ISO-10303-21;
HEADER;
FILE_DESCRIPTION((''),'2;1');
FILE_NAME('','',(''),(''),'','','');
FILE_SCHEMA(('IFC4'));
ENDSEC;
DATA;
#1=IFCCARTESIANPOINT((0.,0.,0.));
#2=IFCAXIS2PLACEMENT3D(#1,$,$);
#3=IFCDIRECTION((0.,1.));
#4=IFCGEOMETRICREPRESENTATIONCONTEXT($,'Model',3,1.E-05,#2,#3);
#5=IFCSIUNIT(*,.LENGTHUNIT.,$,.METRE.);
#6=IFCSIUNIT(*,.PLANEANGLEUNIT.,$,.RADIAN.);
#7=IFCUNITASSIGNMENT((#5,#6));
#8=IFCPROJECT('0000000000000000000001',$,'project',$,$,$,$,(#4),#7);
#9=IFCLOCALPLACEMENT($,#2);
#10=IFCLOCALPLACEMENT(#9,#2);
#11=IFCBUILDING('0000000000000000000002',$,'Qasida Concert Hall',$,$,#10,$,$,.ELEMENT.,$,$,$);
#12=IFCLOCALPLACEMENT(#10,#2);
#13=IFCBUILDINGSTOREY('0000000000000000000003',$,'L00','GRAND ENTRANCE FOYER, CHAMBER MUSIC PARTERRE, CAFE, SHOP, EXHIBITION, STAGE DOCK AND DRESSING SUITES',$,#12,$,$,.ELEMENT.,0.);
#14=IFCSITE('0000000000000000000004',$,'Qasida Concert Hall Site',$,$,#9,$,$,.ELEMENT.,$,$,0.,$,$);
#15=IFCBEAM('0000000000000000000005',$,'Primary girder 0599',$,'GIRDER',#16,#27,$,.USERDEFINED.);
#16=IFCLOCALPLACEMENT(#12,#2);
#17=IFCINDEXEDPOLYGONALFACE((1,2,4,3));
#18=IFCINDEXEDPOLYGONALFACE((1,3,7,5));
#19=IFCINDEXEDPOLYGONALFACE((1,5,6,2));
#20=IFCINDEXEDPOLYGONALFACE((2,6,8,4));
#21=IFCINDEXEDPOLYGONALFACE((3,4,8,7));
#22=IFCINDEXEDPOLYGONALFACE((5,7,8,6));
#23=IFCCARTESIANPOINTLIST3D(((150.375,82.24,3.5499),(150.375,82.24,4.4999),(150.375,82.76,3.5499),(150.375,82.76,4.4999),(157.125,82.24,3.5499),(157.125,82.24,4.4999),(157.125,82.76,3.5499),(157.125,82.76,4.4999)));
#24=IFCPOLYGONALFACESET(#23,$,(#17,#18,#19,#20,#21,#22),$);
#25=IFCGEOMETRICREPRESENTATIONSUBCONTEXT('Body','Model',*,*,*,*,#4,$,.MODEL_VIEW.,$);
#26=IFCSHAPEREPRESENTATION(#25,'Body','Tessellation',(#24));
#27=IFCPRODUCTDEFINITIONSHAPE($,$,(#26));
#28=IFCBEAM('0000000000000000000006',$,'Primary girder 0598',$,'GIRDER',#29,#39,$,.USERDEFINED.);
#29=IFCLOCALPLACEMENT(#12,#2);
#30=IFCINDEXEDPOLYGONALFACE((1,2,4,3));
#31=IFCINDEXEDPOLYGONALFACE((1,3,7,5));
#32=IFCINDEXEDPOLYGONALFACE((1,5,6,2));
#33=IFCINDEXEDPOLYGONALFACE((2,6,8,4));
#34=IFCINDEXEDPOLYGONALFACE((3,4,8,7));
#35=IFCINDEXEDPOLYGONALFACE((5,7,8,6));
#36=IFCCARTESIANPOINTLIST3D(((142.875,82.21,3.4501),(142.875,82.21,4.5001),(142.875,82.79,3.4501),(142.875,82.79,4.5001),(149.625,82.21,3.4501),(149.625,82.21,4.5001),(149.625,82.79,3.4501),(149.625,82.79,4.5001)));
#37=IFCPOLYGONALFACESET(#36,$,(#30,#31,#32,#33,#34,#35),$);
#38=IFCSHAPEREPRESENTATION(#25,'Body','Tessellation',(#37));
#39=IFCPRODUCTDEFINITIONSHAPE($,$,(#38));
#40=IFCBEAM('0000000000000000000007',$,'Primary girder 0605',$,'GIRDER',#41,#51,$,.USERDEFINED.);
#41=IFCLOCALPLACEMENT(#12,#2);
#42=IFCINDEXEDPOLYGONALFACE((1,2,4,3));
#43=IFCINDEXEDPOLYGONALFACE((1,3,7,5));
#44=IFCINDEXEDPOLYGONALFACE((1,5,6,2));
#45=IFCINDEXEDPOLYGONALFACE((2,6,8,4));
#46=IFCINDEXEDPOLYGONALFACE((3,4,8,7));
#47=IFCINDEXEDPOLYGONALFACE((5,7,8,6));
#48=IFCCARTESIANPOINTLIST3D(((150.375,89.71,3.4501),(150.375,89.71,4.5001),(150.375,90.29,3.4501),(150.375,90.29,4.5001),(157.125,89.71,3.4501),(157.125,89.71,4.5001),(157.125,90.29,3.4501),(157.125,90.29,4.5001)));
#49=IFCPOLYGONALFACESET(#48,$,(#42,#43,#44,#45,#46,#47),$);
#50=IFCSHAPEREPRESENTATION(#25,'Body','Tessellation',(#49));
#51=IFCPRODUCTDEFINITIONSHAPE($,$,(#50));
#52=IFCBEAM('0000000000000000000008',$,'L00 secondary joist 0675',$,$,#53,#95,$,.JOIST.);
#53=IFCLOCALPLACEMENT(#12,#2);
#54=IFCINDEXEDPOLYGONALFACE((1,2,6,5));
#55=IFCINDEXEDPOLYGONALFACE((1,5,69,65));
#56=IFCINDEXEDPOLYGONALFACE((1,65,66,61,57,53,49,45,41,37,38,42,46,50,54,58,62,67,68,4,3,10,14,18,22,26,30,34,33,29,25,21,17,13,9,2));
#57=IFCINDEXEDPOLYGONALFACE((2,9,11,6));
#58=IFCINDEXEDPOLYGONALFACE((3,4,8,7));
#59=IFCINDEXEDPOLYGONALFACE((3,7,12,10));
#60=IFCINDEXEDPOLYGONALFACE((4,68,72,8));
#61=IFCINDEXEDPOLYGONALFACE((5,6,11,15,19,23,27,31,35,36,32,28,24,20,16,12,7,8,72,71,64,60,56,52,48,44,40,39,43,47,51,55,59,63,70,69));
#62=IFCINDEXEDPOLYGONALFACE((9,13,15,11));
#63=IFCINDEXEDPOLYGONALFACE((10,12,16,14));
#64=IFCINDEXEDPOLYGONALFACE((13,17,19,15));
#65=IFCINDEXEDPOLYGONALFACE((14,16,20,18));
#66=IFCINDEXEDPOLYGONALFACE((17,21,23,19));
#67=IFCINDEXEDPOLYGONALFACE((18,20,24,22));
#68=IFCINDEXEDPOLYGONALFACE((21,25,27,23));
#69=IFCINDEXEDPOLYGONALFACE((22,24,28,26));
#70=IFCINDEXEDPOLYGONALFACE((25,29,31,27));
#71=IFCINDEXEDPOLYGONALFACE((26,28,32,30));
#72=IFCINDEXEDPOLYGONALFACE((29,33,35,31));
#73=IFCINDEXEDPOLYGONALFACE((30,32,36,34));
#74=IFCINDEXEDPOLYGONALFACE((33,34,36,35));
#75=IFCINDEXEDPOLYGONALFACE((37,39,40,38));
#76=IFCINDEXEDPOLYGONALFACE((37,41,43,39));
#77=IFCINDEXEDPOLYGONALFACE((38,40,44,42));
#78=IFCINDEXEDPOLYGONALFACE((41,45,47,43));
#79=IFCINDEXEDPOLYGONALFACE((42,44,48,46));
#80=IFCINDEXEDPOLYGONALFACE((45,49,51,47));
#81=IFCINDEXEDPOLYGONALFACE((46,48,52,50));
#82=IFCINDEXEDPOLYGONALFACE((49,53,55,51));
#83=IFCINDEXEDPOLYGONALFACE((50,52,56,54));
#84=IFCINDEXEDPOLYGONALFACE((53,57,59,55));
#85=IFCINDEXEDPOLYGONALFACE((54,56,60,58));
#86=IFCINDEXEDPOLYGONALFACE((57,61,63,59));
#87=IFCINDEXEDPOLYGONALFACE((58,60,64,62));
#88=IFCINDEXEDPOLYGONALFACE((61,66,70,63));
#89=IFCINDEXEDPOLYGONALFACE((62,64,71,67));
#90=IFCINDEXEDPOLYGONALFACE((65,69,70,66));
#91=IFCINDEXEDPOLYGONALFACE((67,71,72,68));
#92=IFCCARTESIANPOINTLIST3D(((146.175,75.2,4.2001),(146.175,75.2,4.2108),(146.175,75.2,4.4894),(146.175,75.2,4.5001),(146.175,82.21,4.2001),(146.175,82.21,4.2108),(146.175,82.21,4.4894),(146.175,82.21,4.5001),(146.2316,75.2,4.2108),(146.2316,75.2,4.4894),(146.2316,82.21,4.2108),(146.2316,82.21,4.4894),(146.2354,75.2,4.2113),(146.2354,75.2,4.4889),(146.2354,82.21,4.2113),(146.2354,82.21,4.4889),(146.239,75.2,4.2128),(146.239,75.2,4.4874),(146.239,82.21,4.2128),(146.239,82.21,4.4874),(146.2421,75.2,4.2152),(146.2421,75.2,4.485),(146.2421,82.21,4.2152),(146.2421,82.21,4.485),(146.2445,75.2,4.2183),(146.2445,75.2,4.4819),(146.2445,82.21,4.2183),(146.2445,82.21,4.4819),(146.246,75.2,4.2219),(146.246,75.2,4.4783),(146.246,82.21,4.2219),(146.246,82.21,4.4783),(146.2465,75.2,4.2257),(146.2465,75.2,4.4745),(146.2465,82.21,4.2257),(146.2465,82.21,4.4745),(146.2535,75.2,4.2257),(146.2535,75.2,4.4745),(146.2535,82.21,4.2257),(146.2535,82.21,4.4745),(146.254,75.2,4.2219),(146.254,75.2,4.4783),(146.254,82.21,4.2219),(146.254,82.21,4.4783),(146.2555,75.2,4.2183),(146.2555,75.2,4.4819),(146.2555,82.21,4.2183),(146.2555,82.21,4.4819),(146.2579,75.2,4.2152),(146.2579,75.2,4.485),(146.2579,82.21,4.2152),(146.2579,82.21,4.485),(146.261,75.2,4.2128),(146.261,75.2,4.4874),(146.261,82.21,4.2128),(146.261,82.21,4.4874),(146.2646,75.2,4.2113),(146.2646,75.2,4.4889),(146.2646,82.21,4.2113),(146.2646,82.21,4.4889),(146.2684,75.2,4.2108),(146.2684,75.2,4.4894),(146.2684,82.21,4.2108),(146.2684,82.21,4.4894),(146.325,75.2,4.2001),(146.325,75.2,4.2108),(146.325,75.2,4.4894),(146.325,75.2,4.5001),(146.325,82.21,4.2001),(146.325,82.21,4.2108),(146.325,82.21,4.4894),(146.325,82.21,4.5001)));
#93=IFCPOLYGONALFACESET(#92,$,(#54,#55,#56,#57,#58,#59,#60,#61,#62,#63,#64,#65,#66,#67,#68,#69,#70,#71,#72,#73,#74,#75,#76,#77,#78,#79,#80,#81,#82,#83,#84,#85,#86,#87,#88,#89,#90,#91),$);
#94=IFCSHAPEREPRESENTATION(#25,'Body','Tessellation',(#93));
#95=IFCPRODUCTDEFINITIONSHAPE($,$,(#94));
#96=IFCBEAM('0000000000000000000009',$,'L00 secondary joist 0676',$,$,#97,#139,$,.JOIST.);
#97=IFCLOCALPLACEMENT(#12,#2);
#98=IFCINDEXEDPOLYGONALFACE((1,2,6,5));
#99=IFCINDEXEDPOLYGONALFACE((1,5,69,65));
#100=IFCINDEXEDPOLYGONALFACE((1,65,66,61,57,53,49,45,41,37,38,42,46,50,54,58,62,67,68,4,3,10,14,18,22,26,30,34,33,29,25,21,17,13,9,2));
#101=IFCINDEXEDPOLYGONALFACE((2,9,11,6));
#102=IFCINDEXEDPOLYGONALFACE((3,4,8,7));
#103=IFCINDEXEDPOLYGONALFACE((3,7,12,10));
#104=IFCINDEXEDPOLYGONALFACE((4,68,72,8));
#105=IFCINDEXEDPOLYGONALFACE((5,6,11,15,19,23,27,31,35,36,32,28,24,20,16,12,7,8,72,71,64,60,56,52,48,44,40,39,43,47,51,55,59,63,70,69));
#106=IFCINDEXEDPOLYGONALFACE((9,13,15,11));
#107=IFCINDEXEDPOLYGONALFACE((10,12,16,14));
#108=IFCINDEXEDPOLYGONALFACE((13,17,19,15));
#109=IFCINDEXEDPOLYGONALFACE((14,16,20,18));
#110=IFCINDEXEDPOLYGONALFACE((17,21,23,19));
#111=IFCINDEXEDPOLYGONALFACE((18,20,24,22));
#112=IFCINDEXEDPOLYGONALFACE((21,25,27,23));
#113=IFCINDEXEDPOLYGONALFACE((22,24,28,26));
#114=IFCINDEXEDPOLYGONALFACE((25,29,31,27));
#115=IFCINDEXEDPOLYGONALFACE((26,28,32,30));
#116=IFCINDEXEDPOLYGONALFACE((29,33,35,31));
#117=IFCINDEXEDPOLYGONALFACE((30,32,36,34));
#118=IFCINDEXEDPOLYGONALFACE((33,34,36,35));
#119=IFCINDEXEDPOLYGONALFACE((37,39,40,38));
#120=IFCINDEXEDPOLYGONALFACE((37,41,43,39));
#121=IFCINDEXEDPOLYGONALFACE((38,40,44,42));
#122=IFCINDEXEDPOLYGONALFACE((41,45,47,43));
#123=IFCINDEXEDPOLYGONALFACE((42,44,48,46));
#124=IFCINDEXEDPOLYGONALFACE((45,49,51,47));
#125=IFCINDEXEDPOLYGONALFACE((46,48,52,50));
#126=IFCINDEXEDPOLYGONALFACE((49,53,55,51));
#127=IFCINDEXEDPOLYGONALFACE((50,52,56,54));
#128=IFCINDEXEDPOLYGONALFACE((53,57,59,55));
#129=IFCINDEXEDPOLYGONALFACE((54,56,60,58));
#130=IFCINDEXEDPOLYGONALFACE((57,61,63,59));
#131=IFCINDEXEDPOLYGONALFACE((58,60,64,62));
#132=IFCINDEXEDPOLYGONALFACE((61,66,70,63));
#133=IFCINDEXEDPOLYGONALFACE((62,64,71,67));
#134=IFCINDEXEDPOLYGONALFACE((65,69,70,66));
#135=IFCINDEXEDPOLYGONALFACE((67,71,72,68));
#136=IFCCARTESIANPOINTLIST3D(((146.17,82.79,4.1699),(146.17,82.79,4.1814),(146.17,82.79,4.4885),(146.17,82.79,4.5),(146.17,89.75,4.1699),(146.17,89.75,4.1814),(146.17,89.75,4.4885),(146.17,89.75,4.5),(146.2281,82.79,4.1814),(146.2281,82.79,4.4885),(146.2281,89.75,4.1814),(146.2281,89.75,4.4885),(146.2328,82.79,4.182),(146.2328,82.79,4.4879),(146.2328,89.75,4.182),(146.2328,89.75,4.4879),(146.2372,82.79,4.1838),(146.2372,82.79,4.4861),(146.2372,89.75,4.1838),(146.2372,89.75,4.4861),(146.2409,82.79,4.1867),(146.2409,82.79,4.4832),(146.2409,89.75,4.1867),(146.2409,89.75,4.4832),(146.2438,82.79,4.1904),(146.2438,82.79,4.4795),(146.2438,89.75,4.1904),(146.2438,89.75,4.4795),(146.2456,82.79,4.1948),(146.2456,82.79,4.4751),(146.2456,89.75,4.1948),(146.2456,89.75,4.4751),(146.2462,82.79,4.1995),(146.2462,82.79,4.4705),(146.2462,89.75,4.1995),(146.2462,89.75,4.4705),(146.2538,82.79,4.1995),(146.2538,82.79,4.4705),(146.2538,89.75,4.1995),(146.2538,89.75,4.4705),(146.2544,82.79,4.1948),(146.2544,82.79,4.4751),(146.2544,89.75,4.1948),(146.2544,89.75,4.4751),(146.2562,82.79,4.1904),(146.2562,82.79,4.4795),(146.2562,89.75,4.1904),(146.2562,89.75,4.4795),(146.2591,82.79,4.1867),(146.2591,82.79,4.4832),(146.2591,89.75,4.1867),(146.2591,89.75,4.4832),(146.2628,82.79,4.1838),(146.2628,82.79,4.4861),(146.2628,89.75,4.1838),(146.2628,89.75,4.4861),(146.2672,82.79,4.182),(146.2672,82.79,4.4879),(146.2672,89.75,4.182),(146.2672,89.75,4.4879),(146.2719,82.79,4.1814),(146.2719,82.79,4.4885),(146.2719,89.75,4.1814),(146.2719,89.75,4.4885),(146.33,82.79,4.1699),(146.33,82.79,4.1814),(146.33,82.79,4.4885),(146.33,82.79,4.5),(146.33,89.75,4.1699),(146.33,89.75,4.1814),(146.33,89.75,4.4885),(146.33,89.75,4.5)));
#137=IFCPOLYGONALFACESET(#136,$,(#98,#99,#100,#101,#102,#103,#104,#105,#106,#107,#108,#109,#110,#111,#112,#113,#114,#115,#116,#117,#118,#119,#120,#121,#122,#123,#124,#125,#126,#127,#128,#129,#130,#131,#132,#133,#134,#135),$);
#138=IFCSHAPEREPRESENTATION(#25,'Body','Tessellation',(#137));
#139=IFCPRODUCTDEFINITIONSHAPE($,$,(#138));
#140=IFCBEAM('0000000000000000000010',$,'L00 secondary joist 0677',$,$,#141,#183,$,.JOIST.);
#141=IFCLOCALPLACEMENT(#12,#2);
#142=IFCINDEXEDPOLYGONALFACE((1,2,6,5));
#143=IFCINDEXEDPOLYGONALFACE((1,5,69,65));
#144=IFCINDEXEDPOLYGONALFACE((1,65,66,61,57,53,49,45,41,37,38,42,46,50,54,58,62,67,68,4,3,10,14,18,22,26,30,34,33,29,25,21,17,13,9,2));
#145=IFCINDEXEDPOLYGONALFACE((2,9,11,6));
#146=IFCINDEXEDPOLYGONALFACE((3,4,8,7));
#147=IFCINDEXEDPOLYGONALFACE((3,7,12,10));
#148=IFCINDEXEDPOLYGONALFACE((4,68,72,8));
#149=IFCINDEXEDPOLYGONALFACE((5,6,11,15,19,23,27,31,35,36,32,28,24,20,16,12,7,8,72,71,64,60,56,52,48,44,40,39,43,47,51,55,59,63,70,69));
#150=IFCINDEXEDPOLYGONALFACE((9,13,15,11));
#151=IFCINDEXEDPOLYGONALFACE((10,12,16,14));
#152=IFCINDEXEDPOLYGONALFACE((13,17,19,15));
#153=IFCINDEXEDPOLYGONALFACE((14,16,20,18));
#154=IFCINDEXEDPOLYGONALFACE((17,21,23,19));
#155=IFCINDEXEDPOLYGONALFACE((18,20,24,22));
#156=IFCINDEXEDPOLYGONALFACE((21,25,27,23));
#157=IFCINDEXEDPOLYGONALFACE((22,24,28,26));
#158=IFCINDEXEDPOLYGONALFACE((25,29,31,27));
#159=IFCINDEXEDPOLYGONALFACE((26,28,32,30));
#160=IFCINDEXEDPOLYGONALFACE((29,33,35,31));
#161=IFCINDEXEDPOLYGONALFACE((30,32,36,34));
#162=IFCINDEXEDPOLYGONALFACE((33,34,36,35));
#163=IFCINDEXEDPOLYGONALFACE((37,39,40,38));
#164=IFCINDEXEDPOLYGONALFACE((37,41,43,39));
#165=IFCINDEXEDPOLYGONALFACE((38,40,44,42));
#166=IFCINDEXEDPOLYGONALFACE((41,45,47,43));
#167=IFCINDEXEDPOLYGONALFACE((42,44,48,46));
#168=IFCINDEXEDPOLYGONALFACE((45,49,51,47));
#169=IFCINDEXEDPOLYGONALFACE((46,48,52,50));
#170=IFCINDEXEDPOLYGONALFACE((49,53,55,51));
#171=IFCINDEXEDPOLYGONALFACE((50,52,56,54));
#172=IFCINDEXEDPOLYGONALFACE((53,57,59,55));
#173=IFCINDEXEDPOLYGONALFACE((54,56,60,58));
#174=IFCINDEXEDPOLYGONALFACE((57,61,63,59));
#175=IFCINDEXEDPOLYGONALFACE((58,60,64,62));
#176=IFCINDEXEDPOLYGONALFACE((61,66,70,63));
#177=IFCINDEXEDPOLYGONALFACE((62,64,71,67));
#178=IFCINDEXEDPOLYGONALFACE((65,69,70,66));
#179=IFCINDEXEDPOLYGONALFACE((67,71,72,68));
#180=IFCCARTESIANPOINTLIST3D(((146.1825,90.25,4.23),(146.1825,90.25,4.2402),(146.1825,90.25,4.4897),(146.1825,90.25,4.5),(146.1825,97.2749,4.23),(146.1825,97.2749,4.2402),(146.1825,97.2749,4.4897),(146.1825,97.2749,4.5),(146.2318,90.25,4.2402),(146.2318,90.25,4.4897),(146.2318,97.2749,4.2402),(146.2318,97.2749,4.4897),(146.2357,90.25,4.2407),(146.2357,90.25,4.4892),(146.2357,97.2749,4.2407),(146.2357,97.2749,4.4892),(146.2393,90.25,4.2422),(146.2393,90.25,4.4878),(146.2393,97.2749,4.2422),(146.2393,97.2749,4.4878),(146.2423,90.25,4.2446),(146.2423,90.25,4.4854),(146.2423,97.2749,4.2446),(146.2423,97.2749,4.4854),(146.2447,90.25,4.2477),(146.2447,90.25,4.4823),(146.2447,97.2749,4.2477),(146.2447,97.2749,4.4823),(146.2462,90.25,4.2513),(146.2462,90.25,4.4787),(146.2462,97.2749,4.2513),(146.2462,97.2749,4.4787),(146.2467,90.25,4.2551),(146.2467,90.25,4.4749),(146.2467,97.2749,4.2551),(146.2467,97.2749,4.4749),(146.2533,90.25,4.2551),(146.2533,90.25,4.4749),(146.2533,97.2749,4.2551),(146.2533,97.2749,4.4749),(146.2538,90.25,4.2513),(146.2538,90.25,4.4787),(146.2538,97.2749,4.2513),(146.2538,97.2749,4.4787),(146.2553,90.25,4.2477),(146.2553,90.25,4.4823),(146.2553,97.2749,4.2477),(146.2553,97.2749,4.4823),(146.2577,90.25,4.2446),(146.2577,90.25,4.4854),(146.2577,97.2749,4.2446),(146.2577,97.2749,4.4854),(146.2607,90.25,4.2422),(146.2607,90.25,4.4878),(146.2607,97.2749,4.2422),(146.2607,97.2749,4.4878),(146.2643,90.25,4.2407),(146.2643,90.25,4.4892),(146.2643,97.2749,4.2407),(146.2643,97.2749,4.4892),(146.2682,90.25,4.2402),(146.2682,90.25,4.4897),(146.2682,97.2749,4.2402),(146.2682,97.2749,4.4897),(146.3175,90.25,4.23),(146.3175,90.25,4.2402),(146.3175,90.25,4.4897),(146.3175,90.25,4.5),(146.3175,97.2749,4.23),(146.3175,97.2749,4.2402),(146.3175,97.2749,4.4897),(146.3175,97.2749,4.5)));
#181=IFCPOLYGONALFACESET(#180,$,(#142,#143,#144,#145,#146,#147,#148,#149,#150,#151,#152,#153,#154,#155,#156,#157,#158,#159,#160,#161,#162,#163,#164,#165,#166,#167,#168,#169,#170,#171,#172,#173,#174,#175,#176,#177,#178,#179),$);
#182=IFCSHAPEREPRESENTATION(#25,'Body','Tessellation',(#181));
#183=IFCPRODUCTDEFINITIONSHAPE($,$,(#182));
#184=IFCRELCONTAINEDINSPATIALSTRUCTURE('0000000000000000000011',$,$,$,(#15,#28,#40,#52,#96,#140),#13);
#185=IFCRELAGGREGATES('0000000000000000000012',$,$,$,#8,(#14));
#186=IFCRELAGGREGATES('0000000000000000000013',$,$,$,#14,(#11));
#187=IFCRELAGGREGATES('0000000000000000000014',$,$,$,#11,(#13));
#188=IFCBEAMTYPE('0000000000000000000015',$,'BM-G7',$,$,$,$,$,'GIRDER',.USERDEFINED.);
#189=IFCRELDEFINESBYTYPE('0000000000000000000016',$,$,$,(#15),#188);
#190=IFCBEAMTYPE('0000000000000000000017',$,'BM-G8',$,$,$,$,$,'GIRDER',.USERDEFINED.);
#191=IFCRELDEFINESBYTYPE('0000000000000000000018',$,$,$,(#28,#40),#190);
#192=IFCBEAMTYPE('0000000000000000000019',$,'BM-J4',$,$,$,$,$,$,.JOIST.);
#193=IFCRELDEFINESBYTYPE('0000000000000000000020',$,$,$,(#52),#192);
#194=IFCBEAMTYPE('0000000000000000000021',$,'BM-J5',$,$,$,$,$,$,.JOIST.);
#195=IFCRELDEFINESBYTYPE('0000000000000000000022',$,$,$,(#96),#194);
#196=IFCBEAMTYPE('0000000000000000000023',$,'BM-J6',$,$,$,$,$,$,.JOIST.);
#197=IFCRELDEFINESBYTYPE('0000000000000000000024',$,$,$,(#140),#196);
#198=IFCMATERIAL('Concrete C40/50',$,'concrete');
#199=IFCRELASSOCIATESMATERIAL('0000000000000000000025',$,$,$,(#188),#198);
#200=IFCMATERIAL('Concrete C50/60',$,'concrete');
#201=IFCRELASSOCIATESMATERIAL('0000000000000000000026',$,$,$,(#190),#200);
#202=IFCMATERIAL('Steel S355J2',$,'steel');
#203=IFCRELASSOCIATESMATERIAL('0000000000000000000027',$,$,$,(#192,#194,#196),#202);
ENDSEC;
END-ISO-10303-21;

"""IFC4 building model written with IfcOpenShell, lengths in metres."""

from ifc_helpers import new_model, si_unit, direction, frame, origin, origin_2d, place, context, subcontext, project, spatial, rectangle, i_section, extrude, material, material_profile, profile_set, type_object, element, save


model = new_model("IFC4")

# Units and contexts
model_context = context("Model", 3, precision=1e-05, world=origin(), true_north=direction((0.0, 1.0)))
body_context = subcontext(model_context, "Body", "Model", "MODEL_VIEW")
ifc_project = project(units=[si_unit("LENGTHUNIT", "METRE"), si_unit("PLANEANGLEUNIT", "RADIAN")], contexts=[model_context])

# Site, building, storey
site_placement = place(None, origin())
site = spatial("IfcSite", under=ifc_project, at=site_placement, Name="Qasida Concert Hall Site", CompositionType="ELEMENT", RefElevation=0.0)
building_placement = place(site_placement, origin())
building = spatial("IfcBuilding", under=site, at=building_placement, Name="Qasida Concert Hall", CompositionType="ELEMENT")
storey_placement = place(building_placement, origin())
storey = spatial("IfcBuildingStorey", under=building, at=storey_placement, Name="L00", Description="GRAND ENTRANCE FOYER, CHAMBER MUSIC PARTERRE, CAFE, SHOP, EXHIBITION, STAGE DOCK AND DRESSING SUITES", CompositionType="ELEMENT", Elevation=0.0)

# Shared definitions
ifc_material_1 = material(Name="Concrete C50/60", Category="concrete")

# Beams
ifc_material_2 = material(Name="Concrete C40/50", Category="concrete")
ifc_material_3 = material(Name="Steel S355J2", Category="steel")
ifc_material_profile_1 = material_profile(ifc_material_2, rectangle(XDim=0.52, YDim=0.95, at=origin_2d()), Name="RC 520x950")
ifc_profile_set_1 = profile_set([ifc_material_profile_1], Name="Concrete C40/50")
beam_type_1 = type_object("IfcBeamType", Name="BM-G7", ElementType="GIRDER", PredefinedType="USERDEFINED", material=ifc_profile_set_1)
beam_1_placement = place(storey_placement, frame((150.375, 82.5, 4.0249), z_axis=(1.0, 0.0, 0.0), x_axis=(0.0, 1.0, 0.0)))
element("IfcBeam", 1, at=beam_1_placement, inside=storey, type_object=beam_type_1, Name="Primary girder 0599", ObjectType="GIRDER", PredefinedType="USERDEFINED", context=body_context, shape_type="SweptSolid", body=[
    extrude(rectangle(XDim=0.52, YDim=0.95, at=origin_2d()), origin(), (0.0, 0.0, 1.0), 6.75),
])
ifc_material_profile_2 = material_profile(ifc_material_1, rectangle(XDim=0.5801, YDim=1.05, at=origin_2d()), Name="RC 580x1050")
ifc_profile_set_2 = profile_set([ifc_material_profile_2], Name="Concrete C50/60")
beam_type_2 = type_object("IfcBeamType", Name="BM-G8", ElementType="GIRDER", PredefinedType="USERDEFINED", material=ifc_profile_set_2)
for number, where, z_axis, x_axis, name in (
    (2, (142.875, 82.5, 3.9751), (1.0, 0.0, 0.0), (0.0, 1.0, 0.0), "Primary girder 0598"),
    (3, (150.375, 90.0, 3.9751), (1.0, 0.0, 0.0), (0.0, 1.0, 0.0), "Primary girder 0605"),
):
    element("IfcBeam", number, at=place(storey_placement, frame(where, z_axis=z_axis, x_axis=x_axis)), inside=storey, type_object=beam_type_2, Name=name, ObjectType="GIRDER", PredefinedType="USERDEFINED", context=body_context, shape_type="SweptSolid", body=[
        extrude(rectangle(XDim=0.5801, YDim=1.05, at=origin_2d()), origin(), (0.0, 0.0, 1.0), 6.75),
    ])
ifc_material_profile_3 = material_profile(ifc_material_3, i_section(OverallWidth=0.1499, OverallDepth=0.3, WebThickness=0.0071, FlangeThickness=0.0107, FilletRadius=0.0149, at=origin_2d()), Name="IPE 300")
ifc_profile_set_3 = profile_set([ifc_material_profile_3], Name="Steel S355J2")
beam_type_3 = type_object("IfcBeamType", Name="BM-J4", PredefinedType="JOIST", material=ifc_profile_set_3)
beam_2_placement = place(storey_placement, frame((146.25, 75.2, 4.3501), z_axis=(0.0, 1.0, 0.0), x_axis=(-1.0, 0.0, 0.0)))
element("IfcBeam", 4, at=beam_2_placement, inside=storey, type_object=beam_type_3, Name="L00 secondary joist 0675", PredefinedType="JOIST", context=body_context, shape_type="SweptSolid", body=[
    extrude(i_section(OverallWidth=0.1499, OverallDepth=0.3, WebThickness=0.0071, FlangeThickness=0.0107, FilletRadius=0.0149, at=origin_2d()), origin(), (0.0, 0.0, 1.0), 7.01),
])
ifc_material_profile_4 = material_profile(ifc_material_3, i_section(OverallWidth=0.1599, OverallDepth=0.3301, WebThickness=0.0076, FlangeThickness=0.0115, FilletRadius=0.0181, at=origin_2d()), Name="IPE 330")
ifc_profile_set_4 = profile_set([ifc_material_profile_4], Name="Steel S355J2")
beam_type_4 = type_object("IfcBeamType", Name="BM-J5", PredefinedType="JOIST", material=ifc_profile_set_4)
beam_3_placement = place(storey_placement, frame((146.25, 82.79, 4.335), z_axis=(0.0, 1.0, 0.0), x_axis=(-1.0, 0.0, 0.0)))
element("IfcBeam", 5, at=beam_3_placement, inside=storey, type_object=beam_type_4, Name="L00 secondary joist 0676", PredefinedType="JOIST", context=body_context, shape_type="SweptSolid", body=[
    extrude(i_section(OverallWidth=0.1599, OverallDepth=0.3301, WebThickness=0.0076, FlangeThickness=0.0115, FilletRadius=0.0181, at=origin_2d()), origin(), (0.0, 0.0, 1.0), 6.96),
])
ifc_material_profile_5 = material_profile(ifc_material_3, i_section(OverallWidth=0.135, OverallDepth=0.27, WebThickness=0.0066, FlangeThickness=0.0103, FilletRadius=0.0149, at=origin_2d()), Name="IPE 270")
ifc_profile_set_5 = profile_set([ifc_material_profile_5], Name="Steel S355J2")
beam_type_5 = type_object("IfcBeamType", Name="BM-J6", PredefinedType="JOIST", material=ifc_profile_set_5)
beam_4_placement = place(storey_placement, frame((146.25, 90.25, 4.365), z_axis=(0.0, 1.0, 0.0), x_axis=(-1.0, 0.0, 0.0)))
element("IfcBeam", 6, at=beam_4_placement, inside=storey, type_object=beam_type_5, Name="L00 secondary joist 0677", PredefinedType="JOIST", context=body_context, shape_type="SweptSolid", body=[
    extrude(i_section(OverallWidth=0.135, OverallDepth=0.27, WebThickness=0.0066, FlangeThickness=0.0103, FilletRadius=0.0149, at=origin_2d()), origin(), (0.0, 0.0, 1.0), 7.0249),
])

save(model, "model.ifc")
